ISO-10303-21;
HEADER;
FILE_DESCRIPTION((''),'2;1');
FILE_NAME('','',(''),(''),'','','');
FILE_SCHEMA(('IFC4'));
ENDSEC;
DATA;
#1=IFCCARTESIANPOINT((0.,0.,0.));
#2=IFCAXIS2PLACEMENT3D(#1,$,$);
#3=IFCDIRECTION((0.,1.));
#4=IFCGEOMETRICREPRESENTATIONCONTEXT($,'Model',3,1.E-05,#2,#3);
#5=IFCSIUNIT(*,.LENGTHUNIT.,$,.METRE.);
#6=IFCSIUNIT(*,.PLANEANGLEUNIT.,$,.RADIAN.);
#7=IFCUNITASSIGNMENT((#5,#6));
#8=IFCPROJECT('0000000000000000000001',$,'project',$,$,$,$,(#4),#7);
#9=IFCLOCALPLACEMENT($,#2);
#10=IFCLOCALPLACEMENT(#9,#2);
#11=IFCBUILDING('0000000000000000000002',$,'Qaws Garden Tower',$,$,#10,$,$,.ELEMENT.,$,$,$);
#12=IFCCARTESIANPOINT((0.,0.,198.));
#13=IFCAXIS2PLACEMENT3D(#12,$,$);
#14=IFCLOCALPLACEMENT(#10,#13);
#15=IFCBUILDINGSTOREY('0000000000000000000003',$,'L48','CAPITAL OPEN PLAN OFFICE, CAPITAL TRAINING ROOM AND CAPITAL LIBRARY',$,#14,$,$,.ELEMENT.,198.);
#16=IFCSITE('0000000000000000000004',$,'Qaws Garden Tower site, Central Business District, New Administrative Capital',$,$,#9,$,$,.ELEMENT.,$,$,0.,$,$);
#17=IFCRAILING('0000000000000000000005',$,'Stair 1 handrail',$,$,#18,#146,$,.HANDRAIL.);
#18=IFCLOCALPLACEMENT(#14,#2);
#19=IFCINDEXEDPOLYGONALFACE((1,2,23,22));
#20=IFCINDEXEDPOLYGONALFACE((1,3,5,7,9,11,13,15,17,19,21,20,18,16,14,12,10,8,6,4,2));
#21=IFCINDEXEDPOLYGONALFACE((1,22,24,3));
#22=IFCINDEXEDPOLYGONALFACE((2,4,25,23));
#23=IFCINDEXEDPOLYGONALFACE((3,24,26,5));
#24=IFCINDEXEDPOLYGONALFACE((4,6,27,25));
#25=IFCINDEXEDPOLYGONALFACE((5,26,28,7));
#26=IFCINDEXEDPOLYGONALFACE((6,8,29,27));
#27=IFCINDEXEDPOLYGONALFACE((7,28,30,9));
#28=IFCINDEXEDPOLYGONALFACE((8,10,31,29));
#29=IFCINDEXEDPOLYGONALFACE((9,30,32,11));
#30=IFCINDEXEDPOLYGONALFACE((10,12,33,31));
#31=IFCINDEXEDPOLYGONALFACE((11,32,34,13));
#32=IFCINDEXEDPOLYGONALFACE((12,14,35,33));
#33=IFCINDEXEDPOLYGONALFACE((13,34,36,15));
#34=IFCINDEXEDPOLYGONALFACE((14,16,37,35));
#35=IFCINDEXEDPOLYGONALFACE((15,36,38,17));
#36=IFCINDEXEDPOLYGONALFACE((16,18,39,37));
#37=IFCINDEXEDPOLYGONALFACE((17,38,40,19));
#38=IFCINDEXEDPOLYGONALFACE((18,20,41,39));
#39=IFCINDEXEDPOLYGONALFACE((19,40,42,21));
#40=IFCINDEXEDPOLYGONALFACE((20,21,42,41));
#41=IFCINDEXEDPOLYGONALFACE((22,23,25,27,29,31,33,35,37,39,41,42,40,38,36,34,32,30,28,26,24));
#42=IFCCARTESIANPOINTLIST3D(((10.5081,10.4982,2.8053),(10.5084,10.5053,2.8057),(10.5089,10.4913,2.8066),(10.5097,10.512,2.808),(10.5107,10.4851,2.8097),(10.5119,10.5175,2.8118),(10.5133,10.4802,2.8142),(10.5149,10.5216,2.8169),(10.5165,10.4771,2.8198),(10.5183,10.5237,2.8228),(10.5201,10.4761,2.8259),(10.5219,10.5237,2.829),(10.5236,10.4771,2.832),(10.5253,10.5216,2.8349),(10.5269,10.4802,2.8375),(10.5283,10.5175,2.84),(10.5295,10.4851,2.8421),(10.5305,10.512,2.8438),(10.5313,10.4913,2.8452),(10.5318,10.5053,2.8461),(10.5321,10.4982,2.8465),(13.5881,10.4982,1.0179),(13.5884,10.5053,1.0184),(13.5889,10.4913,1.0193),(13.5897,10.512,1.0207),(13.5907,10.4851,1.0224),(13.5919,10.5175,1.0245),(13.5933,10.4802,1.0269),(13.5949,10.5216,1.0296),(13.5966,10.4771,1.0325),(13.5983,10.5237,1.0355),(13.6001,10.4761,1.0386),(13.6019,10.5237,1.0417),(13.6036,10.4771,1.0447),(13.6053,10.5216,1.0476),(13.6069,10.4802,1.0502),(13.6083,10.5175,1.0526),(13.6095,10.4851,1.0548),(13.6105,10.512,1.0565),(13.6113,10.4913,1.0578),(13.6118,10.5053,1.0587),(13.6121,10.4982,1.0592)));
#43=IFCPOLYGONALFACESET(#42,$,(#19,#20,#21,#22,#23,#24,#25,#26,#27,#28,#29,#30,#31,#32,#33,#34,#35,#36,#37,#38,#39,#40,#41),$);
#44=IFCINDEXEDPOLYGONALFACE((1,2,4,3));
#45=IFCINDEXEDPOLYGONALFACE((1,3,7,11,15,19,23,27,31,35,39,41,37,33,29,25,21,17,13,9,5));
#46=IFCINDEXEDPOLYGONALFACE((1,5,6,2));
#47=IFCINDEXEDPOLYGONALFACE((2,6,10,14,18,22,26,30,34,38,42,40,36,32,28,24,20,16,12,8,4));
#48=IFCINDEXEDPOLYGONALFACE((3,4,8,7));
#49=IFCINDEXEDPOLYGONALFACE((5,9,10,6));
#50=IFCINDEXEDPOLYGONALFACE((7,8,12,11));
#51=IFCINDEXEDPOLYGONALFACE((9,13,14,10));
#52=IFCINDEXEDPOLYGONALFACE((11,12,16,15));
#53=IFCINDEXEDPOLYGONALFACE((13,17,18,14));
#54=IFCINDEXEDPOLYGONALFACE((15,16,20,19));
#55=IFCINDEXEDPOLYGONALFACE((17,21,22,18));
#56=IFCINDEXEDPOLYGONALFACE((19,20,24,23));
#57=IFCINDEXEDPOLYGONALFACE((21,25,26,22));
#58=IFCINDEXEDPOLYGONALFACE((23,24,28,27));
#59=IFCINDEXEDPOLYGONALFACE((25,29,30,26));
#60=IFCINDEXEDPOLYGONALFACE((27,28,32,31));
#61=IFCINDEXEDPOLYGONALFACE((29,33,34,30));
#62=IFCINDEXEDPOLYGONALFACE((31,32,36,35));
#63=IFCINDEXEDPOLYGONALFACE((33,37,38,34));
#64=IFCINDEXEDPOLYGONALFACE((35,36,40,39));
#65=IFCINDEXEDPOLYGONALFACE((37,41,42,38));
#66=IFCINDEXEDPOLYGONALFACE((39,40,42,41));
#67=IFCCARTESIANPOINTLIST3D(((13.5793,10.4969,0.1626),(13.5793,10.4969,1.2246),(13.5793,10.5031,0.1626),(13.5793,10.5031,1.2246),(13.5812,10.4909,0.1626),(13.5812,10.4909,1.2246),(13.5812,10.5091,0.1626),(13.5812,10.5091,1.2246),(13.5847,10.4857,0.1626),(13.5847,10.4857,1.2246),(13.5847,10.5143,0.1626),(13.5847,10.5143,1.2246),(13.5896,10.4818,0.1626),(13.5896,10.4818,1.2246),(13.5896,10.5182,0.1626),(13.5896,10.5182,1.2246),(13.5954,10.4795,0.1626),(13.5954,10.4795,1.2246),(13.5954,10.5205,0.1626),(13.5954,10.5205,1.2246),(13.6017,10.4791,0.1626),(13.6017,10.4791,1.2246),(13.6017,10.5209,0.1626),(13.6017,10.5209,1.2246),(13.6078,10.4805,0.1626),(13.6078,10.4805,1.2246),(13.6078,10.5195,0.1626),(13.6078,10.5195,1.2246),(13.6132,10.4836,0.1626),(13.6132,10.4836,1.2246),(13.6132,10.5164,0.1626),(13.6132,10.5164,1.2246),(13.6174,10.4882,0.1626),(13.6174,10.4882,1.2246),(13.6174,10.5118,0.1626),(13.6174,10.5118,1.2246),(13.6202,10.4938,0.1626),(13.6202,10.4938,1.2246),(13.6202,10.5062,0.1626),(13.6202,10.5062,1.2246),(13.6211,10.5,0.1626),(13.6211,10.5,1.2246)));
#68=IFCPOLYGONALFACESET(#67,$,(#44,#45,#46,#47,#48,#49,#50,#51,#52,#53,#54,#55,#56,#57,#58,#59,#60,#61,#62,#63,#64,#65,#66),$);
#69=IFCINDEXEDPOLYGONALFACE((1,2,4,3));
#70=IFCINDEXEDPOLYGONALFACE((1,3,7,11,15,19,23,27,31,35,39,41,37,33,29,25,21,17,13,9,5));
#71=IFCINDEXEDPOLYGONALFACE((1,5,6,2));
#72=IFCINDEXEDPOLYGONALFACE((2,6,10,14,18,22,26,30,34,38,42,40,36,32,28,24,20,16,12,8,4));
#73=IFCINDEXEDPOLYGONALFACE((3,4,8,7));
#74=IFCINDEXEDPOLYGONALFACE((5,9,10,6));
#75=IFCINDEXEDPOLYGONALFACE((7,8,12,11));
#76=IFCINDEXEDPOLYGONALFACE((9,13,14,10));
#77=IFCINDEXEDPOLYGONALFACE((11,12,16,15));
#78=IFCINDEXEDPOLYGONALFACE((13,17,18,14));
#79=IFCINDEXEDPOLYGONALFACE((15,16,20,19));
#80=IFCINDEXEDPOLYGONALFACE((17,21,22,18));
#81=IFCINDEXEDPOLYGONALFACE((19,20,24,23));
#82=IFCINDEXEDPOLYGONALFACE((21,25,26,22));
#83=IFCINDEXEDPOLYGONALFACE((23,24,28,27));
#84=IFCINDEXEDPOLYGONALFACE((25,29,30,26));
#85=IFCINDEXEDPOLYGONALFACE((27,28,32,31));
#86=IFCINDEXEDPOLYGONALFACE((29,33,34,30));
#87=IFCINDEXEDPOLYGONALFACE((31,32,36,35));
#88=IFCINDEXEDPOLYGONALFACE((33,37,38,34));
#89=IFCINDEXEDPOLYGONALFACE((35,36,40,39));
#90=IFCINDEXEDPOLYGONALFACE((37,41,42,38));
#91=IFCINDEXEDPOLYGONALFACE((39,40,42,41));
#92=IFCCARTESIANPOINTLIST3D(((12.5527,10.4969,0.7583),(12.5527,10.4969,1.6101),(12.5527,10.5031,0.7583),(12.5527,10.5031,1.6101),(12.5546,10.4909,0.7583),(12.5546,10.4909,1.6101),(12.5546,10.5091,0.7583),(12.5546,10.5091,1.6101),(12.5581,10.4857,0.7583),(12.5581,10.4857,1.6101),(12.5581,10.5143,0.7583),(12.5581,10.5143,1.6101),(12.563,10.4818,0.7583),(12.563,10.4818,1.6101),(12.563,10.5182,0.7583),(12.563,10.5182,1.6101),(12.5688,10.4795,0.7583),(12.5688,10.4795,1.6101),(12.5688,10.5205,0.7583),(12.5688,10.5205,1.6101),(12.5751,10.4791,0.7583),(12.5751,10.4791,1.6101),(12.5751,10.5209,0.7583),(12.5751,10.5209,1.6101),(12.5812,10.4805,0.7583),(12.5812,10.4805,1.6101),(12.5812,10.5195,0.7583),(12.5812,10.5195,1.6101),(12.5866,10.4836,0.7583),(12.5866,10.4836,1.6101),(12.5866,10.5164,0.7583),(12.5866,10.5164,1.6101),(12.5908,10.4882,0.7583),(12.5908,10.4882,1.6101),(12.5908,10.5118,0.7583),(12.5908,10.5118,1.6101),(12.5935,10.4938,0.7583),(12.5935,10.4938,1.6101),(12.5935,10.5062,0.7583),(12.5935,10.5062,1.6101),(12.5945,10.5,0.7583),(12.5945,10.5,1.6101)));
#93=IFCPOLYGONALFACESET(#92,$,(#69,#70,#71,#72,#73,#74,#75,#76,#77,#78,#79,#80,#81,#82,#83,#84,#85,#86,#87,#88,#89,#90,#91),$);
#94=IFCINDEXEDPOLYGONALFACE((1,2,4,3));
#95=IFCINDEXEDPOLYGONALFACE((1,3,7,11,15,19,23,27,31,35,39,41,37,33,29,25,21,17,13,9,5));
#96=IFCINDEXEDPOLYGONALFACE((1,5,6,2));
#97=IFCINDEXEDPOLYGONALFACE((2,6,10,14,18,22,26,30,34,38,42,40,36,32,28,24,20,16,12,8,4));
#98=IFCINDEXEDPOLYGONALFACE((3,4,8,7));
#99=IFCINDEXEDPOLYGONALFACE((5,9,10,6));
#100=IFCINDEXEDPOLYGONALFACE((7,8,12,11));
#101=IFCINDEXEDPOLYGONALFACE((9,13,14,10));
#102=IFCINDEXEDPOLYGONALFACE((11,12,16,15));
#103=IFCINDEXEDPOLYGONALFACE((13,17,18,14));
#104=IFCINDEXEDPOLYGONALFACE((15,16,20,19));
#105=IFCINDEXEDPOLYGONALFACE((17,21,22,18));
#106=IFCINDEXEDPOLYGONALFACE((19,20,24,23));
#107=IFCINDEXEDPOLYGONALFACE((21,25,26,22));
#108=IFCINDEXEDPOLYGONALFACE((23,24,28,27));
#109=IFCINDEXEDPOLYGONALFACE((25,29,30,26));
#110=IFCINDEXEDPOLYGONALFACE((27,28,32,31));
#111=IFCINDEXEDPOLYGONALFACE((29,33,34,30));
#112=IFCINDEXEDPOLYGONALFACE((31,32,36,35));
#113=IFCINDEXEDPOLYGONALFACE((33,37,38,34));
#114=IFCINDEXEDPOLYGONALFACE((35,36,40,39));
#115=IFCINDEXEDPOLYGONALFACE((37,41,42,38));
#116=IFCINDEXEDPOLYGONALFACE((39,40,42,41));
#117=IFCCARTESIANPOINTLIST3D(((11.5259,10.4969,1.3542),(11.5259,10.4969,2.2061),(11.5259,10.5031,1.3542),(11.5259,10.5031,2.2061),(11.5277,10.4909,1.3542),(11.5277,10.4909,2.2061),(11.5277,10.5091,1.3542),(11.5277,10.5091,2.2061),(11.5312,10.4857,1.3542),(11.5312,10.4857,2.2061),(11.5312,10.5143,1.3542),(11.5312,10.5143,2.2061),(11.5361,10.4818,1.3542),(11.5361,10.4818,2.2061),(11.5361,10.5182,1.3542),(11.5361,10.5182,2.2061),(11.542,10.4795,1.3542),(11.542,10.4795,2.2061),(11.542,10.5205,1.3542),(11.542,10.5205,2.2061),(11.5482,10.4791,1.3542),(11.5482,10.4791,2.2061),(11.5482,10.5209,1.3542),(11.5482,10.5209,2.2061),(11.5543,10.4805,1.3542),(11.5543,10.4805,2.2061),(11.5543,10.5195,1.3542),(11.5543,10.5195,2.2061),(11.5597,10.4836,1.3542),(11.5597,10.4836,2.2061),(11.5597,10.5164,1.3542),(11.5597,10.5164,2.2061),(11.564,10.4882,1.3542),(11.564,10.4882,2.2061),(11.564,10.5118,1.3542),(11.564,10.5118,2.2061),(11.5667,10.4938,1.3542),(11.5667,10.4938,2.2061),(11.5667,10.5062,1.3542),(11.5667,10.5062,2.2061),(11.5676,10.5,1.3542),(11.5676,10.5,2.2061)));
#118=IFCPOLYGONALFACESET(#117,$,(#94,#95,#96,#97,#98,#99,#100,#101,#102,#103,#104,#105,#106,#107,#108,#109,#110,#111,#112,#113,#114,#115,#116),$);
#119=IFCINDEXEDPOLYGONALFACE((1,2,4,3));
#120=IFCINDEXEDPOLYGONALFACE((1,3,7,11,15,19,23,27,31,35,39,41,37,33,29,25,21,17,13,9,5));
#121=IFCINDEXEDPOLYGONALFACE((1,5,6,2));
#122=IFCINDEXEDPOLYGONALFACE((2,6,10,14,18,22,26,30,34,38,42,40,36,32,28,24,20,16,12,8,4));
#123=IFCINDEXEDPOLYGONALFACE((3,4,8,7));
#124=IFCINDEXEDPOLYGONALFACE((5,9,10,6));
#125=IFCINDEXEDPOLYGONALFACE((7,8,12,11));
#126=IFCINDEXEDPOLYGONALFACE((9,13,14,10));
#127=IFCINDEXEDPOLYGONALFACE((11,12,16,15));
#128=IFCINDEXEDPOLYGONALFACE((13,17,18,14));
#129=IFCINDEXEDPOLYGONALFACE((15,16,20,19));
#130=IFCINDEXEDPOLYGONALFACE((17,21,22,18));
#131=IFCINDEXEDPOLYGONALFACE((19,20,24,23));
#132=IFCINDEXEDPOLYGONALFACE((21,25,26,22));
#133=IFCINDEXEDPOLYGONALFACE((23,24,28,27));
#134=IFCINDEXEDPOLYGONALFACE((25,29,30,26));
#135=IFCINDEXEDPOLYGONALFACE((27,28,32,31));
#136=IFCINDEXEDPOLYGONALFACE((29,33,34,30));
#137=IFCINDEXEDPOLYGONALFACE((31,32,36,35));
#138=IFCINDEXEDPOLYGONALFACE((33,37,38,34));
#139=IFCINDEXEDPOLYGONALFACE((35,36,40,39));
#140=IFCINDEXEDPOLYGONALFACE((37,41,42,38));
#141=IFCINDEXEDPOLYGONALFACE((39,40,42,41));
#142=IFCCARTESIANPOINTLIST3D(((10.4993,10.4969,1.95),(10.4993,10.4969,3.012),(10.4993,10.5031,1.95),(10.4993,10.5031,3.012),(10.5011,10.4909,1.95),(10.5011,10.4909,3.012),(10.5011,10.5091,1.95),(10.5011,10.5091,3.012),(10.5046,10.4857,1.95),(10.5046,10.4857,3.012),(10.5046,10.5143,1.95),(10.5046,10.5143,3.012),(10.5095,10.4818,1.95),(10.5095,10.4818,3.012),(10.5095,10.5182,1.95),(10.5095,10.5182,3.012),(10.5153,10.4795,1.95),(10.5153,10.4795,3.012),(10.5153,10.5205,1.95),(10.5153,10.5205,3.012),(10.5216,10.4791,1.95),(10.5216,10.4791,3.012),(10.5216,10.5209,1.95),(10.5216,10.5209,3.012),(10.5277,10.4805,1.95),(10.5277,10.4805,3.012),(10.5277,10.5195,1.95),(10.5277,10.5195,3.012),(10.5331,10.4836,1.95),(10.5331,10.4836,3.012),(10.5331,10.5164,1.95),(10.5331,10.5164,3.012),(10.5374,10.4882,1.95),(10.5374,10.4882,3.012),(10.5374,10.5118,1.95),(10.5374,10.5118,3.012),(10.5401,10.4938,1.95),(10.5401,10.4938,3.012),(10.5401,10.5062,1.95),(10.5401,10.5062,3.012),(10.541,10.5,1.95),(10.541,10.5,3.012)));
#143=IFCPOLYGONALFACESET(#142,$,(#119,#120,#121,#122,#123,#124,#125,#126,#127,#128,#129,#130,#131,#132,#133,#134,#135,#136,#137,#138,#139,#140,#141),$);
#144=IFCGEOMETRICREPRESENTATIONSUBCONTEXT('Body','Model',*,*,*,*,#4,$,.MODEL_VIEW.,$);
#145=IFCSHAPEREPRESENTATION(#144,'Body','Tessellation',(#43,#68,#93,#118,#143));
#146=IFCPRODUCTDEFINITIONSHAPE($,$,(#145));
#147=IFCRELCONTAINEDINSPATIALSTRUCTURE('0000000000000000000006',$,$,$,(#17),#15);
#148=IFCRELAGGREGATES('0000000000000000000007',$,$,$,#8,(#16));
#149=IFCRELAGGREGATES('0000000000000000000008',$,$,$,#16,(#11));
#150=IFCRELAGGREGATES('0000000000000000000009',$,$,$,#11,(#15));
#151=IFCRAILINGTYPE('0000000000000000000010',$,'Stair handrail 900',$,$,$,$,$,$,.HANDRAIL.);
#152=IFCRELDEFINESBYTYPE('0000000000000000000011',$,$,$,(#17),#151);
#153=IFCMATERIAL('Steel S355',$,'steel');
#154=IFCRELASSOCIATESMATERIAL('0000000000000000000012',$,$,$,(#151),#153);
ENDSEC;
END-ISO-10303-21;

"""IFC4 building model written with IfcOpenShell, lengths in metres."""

from ifc_helpers import new_model, si_unit, direction, frame, origin, origin_2d, place, context, subcontext, project, spatial, circle, extrude, material, type_object, element, save


model = new_model("IFC4")

# Units and contexts
model_context = context("Model", 3, precision=1e-05, world=origin(), true_north=direction((0.0, 1.0)))
body_context = subcontext(model_context, "Body", "Model", "MODEL_VIEW")
ifc_project = project(units=[si_unit("LENGTHUNIT", "METRE"), si_unit("PLANEANGLEUNIT", "RADIAN")], contexts=[model_context])

# Site, building, storey
site_placement = place(None, origin())
site = spatial("IfcSite", under=ifc_project, at=site_placement, Name="Qaws Garden Tower site, Central Business District, New Administrative Capital", CompositionType="ELEMENT", RefElevation=0.0)
building_placement = place(site_placement, origin())
building = spatial("IfcBuilding", under=site, at=building_placement, Name="Qaws Garden Tower", CompositionType="ELEMENT")
storey_placement = place(building_placement, frame((0.0, 0.0, 198.0)))
storey = spatial("IfcBuildingStorey", under=building, at=storey_placement, Name="L48", Description="CAPITAL OPEN PLAN OFFICE, CAPITAL TRAINING ROOM AND CAPITAL LIBRARY", CompositionType="ELEMENT", Elevation=198.0)

# Railing
ifc_material_1 = material(Name="Steel S355", Category="steel")
railing_type = type_object("IfcRailingType", Name="Stair handrail 900", PredefinedType="HANDRAIL", material=ifc_material_1)
railing_1_placement = place(storey_placement, frame((13.6001, 10.5, 0.1626)))
element("IfcRailing", 1, at=railing_1_placement, inside=storey, type_object=railing_type, Name="Stair 1 handrail", PredefinedType="HANDRAIL", context=body_context, shape_type="SweptSolid", body=[
    extrude(circle(Radius=0.0239, at=origin_2d()), frame((0.0, 0.0, 0.876), z_axis=(-0.86492, 0.0, 0.501909), x_axis=(0.0, -1.0, 0.0)), (0.0, 0.0, 1.0), 3.561),
    extrude(circle(Radius=0.021, at=origin_2d()), origin(), (0.0, 0.0, 1.0), 1.062),
    extrude(circle(Radius=0.021, at=origin_2d()), frame((-1.0266, 0.0, 0.5957)), (0.0, 0.0, 1.0), 0.8518),
    extrude(circle(Radius=0.021, at=origin_2d()), frame((-2.0535, 0.0, 1.1917)), (0.0, 0.0, 1.0), 0.8518),
    extrude(circle(Radius=0.021, at=origin_2d()), frame((-3.0801, 0.0, 1.7874)), (0.0, 0.0, 1.0), 1.062),
])

save(model, "model.ifc")
